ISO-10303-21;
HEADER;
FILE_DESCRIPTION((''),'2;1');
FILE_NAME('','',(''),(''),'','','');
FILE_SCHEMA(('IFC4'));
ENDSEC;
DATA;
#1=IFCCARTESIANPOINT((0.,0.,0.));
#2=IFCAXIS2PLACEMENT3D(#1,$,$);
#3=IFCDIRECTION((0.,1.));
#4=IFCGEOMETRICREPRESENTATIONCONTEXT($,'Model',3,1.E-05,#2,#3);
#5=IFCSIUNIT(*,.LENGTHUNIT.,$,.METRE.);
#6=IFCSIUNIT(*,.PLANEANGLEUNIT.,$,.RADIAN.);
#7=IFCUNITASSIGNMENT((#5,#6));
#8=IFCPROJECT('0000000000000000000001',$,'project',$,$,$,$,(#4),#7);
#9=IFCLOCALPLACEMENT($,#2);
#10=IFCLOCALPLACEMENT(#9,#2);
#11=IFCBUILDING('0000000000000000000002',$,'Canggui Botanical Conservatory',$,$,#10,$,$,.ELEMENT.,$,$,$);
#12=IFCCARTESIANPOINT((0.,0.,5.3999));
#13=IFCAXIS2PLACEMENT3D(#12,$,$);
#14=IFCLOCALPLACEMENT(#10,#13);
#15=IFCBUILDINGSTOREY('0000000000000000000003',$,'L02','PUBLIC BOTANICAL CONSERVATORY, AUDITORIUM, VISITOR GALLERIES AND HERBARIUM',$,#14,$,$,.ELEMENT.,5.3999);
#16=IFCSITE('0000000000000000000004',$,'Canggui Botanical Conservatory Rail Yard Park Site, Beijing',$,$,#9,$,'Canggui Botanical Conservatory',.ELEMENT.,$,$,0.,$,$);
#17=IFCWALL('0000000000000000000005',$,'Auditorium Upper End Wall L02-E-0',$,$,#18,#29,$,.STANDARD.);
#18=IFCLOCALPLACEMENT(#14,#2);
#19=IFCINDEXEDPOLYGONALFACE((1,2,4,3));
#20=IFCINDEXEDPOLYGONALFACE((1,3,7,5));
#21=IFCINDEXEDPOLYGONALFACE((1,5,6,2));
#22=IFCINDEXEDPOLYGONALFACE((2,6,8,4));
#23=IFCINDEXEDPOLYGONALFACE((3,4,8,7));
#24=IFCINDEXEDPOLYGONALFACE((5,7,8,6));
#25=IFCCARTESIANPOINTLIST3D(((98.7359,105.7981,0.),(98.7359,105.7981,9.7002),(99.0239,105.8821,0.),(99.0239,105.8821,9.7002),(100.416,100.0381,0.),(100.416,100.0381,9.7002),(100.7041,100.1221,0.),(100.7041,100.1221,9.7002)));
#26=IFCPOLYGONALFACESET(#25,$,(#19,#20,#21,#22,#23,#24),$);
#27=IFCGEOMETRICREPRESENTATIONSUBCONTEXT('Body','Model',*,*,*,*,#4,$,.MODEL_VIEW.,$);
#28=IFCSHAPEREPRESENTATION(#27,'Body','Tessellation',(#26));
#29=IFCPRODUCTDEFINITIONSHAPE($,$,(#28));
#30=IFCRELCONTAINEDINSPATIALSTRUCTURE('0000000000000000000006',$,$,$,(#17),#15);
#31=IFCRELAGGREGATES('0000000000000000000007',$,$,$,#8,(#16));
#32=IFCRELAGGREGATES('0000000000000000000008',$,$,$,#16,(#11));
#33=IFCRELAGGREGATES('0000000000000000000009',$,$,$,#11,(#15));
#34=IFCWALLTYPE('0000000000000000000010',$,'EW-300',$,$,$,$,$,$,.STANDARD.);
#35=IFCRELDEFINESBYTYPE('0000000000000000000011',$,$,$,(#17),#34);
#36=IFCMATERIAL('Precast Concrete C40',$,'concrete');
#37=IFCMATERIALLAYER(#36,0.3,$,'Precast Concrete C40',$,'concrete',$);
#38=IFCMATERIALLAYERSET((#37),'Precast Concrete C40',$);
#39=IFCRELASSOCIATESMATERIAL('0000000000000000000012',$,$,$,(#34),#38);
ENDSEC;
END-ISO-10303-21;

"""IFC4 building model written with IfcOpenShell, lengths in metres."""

from ifc_helpers import new_model, si_unit, direction, frame, frame_2d, origin, place, context, subcontext, project, spatial, rectangle, extrude, material, layer, layer_set, type_object, element, save


model = new_model("IFC4")

# Units and contexts
model_context = context("Model", 3, precision=1e-05, world=origin(), true_north=direction((0.0, 1.0)))
body_context = subcontext(model_context, "Body", "Model", "MODEL_VIEW")
ifc_project = project(units=[si_unit("LENGTHUNIT", "METRE"), si_unit("PLANEANGLEUNIT", "RADIAN")], contexts=[model_context])

# Site, building, storey
site_placement = place(None, origin())
site = spatial("IfcSite", under=ifc_project, at=site_placement, Name="Canggui Botanical Conservatory Rail Yard Park Site, Beijing", LongName="Canggui Botanical Conservatory", CompositionType="ELEMENT", RefElevation=0.0)
building_placement = place(site_placement, origin())
building = spatial("IfcBuilding", under=site, at=building_placement, Name="Canggui Botanical Conservatory", CompositionType="ELEMENT")
storey_placement = place(building_placement, frame((0.0, 0.0, 5.3999)))
storey = spatial("IfcBuildingStorey", under=building, at=storey_placement, Name="L02", Description="PUBLIC BOTANICAL CONSERVATORY, AUDITORIUM, VISITOR GALLERIES AND HERBARIUM", CompositionType="ELEMENT", Elevation=5.3999)

# Wall
ifc_material_1 = material(Name="Precast Concrete C40", Category="concrete")
ifc_layer_1 = layer(ifc_material_1, 0.3, Name="Precast Concrete C40", Category="concrete")
ifc_layer_set_1 = layer_set([ifc_layer_1], Name="Precast Concrete C40")
wall_type = type_object("IfcWallType", Name="EW-300", PredefinedType="STANDARD", material=ifc_layer_set_1)
wall_placement = place(storey_placement, frame((98.8799, 105.8401, 0.0), z_axis=(0.0, 0.0, 1.0), x_axis=(0.280027, -0.959992, 0.0)))
element("IfcWall", 1, at=wall_placement, inside=storey, type_object=wall_type, Name="Auditorium Upper End Wall L02-E-0", PredefinedType="STANDARD", context=body_context, shape_type="SweptSolid", body=[
    extrude(rectangle(XDim=6.0, YDim=0.3, at=frame_2d((3.0, 0.0))), origin(), (0.0, 0.0, 1.0), 9.7002),
])

save(model, "model.ifc")
